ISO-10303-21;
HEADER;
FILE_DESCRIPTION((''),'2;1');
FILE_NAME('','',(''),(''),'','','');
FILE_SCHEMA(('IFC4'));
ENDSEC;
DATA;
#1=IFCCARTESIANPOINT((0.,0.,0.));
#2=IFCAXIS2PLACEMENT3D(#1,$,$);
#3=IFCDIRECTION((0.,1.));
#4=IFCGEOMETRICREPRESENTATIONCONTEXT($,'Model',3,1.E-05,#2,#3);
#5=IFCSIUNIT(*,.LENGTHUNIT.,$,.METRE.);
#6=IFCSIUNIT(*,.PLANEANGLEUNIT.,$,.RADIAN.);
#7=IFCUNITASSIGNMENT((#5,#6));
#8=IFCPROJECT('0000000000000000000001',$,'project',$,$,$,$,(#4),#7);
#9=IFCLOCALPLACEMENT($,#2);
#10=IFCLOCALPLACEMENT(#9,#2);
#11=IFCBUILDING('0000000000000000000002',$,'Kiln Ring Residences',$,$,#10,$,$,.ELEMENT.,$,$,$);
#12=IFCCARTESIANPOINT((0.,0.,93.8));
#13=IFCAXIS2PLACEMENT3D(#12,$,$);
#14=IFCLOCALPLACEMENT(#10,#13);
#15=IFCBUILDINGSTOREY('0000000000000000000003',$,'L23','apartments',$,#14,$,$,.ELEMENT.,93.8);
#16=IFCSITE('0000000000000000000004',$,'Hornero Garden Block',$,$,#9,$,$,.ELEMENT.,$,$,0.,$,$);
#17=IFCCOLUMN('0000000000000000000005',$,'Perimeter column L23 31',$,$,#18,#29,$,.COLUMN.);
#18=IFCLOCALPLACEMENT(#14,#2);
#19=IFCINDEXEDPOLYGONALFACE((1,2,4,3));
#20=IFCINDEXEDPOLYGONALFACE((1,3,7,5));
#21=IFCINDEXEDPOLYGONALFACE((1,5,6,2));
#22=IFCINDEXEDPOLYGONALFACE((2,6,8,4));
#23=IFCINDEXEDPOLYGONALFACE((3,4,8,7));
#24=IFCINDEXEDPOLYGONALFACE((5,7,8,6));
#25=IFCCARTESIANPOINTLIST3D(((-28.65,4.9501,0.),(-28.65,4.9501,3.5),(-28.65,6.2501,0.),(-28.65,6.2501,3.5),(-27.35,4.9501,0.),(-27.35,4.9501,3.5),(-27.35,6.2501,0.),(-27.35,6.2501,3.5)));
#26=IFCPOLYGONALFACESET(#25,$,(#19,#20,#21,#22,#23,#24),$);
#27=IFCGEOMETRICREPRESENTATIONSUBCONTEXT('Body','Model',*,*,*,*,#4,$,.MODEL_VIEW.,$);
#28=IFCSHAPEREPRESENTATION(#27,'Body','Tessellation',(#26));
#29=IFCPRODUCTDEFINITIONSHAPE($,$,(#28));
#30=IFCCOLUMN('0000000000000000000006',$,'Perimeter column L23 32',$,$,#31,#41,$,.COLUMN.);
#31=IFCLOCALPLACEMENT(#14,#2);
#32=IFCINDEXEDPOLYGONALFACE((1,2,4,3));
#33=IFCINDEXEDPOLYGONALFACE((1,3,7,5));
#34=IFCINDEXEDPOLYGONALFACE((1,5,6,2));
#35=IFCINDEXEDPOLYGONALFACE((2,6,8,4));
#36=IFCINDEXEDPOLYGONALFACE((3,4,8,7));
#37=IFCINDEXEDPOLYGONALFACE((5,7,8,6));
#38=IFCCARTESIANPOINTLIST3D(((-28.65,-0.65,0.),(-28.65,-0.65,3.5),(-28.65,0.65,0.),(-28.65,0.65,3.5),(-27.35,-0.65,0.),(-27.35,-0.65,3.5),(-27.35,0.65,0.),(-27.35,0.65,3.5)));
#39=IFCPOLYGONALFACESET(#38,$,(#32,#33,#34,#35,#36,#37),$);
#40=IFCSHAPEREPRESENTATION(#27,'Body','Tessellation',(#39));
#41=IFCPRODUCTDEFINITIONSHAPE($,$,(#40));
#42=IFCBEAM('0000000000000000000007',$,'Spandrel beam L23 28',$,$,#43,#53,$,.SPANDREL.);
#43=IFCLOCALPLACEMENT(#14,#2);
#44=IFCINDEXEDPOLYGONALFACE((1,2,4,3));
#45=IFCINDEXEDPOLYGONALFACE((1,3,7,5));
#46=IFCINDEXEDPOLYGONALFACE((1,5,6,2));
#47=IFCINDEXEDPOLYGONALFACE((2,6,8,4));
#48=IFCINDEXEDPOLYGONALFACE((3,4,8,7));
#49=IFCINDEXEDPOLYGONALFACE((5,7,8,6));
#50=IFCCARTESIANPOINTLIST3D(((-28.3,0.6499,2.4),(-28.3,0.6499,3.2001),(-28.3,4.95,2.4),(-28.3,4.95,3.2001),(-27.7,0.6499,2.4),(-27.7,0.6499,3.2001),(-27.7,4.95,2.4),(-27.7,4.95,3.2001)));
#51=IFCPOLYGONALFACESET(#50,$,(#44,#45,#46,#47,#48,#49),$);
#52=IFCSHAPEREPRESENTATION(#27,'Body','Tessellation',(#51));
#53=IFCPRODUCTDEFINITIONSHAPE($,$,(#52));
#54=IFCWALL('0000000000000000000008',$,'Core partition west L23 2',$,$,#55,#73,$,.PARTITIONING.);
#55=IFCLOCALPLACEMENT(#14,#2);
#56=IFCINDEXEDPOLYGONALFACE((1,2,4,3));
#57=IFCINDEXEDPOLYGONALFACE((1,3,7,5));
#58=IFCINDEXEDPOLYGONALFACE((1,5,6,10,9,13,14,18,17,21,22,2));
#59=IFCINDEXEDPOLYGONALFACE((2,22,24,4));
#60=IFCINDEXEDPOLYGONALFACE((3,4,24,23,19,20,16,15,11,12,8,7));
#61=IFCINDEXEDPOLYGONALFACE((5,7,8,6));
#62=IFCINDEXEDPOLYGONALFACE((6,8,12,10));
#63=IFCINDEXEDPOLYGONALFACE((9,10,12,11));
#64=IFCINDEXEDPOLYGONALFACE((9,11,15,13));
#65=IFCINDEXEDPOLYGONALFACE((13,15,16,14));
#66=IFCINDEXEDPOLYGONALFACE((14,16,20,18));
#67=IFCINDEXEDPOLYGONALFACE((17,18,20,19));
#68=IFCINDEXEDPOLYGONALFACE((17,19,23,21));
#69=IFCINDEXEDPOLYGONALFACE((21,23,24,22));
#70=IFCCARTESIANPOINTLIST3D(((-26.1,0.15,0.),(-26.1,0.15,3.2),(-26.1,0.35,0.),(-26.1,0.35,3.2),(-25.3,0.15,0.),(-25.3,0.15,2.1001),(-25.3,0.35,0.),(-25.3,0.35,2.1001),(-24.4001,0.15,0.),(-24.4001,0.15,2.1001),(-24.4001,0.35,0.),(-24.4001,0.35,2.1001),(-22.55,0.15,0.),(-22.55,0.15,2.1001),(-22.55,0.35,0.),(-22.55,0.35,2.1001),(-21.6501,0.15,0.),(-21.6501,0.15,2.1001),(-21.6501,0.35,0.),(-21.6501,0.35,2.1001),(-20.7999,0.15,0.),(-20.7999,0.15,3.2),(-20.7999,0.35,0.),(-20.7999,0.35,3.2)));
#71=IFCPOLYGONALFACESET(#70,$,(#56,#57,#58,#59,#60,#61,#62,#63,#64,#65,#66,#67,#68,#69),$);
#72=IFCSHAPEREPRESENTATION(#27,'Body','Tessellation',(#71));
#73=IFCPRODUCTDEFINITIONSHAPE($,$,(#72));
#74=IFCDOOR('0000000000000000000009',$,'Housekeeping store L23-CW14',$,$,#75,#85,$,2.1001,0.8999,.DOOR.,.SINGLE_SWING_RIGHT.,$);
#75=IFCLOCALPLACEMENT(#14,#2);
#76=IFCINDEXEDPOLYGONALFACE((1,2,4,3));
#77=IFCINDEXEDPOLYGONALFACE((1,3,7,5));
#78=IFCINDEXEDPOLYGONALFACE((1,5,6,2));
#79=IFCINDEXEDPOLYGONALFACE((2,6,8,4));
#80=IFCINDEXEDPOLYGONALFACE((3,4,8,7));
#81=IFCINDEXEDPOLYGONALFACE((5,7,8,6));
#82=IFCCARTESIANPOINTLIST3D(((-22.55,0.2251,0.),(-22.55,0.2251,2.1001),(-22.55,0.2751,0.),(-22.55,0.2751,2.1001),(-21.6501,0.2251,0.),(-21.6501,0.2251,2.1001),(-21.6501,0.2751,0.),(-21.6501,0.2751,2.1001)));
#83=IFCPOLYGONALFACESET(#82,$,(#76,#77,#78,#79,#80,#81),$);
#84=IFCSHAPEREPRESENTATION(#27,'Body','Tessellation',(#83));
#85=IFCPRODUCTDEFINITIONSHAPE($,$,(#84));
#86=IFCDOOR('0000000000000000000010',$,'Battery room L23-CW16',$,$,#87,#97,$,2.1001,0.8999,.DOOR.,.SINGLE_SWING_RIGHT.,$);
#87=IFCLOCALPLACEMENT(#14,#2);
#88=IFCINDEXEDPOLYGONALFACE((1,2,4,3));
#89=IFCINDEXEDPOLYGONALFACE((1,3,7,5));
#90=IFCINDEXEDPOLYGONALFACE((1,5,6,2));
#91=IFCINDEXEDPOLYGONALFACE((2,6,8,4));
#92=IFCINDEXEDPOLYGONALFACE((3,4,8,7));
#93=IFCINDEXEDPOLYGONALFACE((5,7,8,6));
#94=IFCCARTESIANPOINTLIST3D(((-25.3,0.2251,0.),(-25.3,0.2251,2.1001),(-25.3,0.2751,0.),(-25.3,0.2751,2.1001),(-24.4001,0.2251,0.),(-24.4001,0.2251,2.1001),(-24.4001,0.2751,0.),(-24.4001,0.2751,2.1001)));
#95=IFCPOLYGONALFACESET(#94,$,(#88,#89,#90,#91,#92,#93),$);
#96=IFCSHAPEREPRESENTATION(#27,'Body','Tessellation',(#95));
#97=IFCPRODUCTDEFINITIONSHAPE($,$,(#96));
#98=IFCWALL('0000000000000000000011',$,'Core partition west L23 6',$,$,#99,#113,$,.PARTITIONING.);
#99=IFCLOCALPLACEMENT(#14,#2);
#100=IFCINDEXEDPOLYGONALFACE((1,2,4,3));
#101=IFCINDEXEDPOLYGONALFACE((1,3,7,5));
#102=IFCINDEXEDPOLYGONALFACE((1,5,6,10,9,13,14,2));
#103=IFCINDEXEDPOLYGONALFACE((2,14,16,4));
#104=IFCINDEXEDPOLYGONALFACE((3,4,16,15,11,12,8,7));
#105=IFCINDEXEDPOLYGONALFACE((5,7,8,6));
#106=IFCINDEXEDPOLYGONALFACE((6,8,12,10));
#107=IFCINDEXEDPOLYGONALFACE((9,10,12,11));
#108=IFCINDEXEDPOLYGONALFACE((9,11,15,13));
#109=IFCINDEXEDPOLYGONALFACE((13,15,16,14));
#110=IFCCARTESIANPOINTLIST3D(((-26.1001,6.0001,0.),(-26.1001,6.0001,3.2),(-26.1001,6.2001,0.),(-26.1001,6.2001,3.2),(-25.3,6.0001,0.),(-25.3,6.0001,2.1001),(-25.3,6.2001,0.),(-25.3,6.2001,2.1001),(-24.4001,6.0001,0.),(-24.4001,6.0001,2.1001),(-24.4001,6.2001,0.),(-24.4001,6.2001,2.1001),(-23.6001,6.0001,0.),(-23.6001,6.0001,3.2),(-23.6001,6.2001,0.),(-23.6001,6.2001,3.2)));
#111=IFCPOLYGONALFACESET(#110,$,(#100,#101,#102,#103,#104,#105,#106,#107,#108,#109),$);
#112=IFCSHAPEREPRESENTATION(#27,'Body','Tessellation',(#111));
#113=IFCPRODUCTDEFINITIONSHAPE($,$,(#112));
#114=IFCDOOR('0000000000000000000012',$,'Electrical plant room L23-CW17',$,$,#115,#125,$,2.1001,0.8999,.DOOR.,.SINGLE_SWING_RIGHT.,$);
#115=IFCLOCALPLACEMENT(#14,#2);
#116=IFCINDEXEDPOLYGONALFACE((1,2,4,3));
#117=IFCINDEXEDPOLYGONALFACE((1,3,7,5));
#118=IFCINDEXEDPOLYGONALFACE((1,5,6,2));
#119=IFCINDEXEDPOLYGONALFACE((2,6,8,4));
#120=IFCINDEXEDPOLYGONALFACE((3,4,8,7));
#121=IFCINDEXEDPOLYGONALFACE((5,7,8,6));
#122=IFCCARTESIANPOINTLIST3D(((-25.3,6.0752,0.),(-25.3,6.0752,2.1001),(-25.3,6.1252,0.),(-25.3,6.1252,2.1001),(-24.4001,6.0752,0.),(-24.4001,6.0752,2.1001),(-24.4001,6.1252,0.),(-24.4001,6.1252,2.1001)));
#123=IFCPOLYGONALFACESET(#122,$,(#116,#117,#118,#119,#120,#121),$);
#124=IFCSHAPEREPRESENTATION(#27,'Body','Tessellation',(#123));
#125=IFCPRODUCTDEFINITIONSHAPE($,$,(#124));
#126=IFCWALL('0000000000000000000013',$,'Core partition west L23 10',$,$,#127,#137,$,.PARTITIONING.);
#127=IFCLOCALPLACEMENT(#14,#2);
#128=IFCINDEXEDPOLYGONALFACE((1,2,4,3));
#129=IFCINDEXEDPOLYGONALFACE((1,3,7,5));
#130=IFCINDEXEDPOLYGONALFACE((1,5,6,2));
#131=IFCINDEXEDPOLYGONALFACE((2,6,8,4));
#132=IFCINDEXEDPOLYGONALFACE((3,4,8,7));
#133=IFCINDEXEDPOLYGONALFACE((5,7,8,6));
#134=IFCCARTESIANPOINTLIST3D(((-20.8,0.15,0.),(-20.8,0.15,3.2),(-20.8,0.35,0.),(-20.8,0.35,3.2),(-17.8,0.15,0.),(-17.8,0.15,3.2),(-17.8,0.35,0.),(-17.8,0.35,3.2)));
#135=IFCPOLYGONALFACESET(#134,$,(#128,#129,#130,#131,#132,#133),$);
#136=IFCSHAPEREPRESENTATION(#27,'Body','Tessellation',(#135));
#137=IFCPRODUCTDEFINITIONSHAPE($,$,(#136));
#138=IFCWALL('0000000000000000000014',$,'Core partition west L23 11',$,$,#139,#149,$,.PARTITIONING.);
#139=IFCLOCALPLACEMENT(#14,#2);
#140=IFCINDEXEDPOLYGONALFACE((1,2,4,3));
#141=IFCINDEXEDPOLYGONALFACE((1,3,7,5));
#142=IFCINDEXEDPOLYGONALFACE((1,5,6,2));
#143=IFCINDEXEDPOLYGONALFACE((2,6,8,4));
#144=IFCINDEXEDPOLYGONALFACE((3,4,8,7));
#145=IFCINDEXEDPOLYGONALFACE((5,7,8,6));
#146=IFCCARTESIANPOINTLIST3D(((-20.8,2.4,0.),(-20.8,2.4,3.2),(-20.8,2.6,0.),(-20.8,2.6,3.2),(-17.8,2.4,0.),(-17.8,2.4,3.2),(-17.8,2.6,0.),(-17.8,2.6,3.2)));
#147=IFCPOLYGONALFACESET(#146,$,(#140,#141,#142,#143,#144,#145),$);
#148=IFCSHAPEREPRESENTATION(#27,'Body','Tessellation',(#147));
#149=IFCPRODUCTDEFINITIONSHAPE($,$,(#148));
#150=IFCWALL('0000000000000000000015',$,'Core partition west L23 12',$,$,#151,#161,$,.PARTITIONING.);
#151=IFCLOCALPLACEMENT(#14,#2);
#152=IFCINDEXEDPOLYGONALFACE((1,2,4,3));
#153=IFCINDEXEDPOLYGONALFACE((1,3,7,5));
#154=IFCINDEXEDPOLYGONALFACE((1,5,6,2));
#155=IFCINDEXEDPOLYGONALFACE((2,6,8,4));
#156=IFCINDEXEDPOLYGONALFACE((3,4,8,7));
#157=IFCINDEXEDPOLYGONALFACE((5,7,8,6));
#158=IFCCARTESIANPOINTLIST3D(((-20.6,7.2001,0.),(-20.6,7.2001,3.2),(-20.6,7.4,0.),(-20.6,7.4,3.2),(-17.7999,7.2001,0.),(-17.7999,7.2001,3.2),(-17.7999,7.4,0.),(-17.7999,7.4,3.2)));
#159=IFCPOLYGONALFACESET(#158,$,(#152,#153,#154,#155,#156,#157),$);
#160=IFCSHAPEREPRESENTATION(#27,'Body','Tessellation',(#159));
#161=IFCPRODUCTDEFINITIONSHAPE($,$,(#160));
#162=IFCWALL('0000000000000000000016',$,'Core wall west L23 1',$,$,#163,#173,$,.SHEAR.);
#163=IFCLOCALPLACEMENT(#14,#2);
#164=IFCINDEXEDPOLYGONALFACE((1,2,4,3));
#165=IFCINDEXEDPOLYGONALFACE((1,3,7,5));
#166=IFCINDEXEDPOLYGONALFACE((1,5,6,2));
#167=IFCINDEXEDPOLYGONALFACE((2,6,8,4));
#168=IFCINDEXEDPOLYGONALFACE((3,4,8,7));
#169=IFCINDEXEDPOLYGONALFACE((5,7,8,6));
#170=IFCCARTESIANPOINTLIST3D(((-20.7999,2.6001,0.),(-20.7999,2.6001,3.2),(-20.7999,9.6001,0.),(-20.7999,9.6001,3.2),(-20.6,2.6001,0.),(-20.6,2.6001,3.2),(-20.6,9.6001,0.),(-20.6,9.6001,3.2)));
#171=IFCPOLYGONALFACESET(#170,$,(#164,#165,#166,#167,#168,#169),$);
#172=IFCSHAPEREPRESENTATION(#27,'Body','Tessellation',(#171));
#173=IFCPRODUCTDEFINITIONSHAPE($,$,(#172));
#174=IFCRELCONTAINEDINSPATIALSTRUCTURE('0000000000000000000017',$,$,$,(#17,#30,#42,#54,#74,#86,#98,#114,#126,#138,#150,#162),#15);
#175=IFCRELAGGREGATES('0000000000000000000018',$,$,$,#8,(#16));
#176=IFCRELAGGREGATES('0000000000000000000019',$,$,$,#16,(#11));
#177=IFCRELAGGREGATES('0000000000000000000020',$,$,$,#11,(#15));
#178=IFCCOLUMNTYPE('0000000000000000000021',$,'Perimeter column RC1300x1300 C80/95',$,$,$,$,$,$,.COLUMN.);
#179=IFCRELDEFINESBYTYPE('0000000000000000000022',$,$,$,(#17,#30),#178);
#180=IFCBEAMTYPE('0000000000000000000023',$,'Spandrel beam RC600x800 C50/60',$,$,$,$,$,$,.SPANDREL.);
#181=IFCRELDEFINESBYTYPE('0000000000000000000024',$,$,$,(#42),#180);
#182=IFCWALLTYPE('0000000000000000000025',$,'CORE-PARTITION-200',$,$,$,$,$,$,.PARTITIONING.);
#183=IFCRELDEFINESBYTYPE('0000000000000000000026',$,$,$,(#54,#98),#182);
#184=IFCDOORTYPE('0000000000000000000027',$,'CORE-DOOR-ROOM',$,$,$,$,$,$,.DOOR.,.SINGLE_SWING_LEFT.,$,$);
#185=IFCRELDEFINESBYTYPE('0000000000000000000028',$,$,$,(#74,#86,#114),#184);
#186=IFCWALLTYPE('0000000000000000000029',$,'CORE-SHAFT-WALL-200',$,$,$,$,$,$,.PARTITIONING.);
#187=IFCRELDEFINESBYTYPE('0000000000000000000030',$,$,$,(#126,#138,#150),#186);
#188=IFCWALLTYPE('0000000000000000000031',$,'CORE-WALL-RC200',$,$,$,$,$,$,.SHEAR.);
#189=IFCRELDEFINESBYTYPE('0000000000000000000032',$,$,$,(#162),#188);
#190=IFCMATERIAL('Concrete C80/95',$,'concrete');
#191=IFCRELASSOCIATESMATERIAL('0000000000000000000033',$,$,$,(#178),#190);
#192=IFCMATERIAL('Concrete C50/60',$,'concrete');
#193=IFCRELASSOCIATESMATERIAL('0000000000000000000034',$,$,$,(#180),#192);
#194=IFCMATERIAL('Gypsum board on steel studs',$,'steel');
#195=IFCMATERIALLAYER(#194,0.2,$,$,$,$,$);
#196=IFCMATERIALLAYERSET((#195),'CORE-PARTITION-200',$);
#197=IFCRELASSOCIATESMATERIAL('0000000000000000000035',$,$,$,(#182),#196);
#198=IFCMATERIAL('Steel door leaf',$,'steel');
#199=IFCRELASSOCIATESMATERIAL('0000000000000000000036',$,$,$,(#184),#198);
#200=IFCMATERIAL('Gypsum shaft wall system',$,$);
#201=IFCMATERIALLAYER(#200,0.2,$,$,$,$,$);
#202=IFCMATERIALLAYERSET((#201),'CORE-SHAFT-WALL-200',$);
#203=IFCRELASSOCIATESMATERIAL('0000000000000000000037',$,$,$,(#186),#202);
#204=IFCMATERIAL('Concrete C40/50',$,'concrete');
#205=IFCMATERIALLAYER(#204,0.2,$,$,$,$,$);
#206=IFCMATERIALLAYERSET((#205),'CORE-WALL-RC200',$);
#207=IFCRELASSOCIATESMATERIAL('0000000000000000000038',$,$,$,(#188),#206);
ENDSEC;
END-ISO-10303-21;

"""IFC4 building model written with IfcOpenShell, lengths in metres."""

from ifc_helpers import new_model, si_unit, direction, frame, frame_2d, origin, origin_2d, place, context, subcontext, project, spatial, rectangle, extrude, material, layer, layer_set, material_profile, profile_set, type_object, element, fill, save


model = new_model("IFC4")

# Units and contexts
model_context = context("Model", 3, precision=1e-05, world=origin(), true_north=direction((0.0, 1.0)))
body_context = subcontext(model_context, "Body", "Model", "MODEL_VIEW")
ifc_project = project(units=[si_unit("LENGTHUNIT", "METRE"), si_unit("PLANEANGLEUNIT", "RADIAN")], contexts=[model_context])

# Site, building, storey
site_placement = place(None, origin())
site = spatial("IfcSite", under=ifc_project, at=site_placement, Name="Hornero Garden Block", CompositionType="ELEMENT", RefElevation=0.0)
building_placement = place(site_placement, origin())
building = spatial("IfcBuilding", under=site, at=building_placement, Name="Kiln Ring Residences", CompositionType="ELEMENT")
storey_placement = place(building_placement, frame((0.0, 0.0, 93.8)))
storey = spatial("IfcBuildingStorey", under=building, at=storey_placement, Name="L23", Description="apartments", CompositionType="ELEMENT", Elevation=93.8)

# Columns
ifc_material_1 = material(Name="Concrete C80/95", Category="concrete")
ifc_material_profile_1 = material_profile(ifc_material_1, rectangle(XDim=1.3, YDim=1.3, at=origin_2d()), Name="RC1300x1300")
ifc_profile_set_1 = profile_set([ifc_material_profile_1], Name="Concrete C80/95")
column_type = type_object("IfcColumnType", Name="Perimeter column RC1300x1300 C80/95", PredefinedType="COLUMN", material=ifc_profile_set_1)
for number, where, z_axis, x_axis, name in (
    (1, (-28.0, 5.6001, 0.0), (0.0, 0.0, 1.0), (1.0, 0.0, 0.0), "Perimeter column L23 31"),
    (2, (-28.0, 0.0, 0.0), (0.0, 0.0, 1.0), (1.0, 0.0, 0.0), "Perimeter column L23 32"),
):
    element("IfcColumn", number, at=place(storey_placement, frame(where, z_axis=z_axis, x_axis=x_axis)), inside=storey, type_object=column_type, Name=name, PredefinedType="COLUMN", context=body_context, shape_type="SweptSolid", body=[
        extrude(rectangle(XDim=1.3, YDim=1.3, at=origin_2d()), origin(), (0.0, 0.0, 1.0), 3.5),
    ])

# Beam
ifc_material_2 = material(Name="Concrete C50/60", Category="concrete")
ifc_material_profile_2 = material_profile(ifc_material_2, rectangle(XDim=0.6001, YDim=0.8, at=origin_2d()), Name="RC600x800")
ifc_profile_set_2 = profile_set([ifc_material_profile_2], Name="Concrete C50/60")
beam_type = type_object("IfcBeamType", Name="Spandrel beam RC600x800 C50/60", PredefinedType="SPANDREL", material=ifc_profile_set_2)
beam_placement = place(storey_placement, frame((-28.0, 4.95, 2.8), z_axis=(0.0, -1.0, 0.0), x_axis=(1.0, 0.0, 0.0)))
element("IfcBeam", 3, at=beam_placement, inside=storey, type_object=beam_type, Name="Spandrel beam L23 28", PredefinedType="SPANDREL", context=body_context, shape_type="SweptSolid", body=[
    extrude(rectangle(XDim=0.6001, YDim=0.8, at=origin_2d()), origin(), (0.0, 0.0, 1.0), 4.3),
])

# Wall, openings, doors
ifc_material_3 = material(Name="Gypsum board on steel studs", Category="steel")
ifc_layer_1 = layer(ifc_material_3, 0.2)
ifc_layer_set_1 = layer_set([ifc_layer_1], Name="CORE-PARTITION-200")
wall_type_1 = type_object("IfcWallType", Name="CORE-PARTITION-200", PredefinedType="PARTITIONING", material=ifc_layer_set_1)
wall_1_placement = place(storey_placement, frame((-20.8, 0.25, 0.0), z_axis=(0.0, 0.0, 1.0), x_axis=(-1.0, 0.0, 0.0)))
wall_1 = element("IfcWall", 4, at=wall_1_placement, inside=storey, type_object=wall_type_1, Name="Core partition west L23 2", PredefinedType="PARTITIONING", context=body_context, shape_type="SweptSolid", body=[
    extrude(rectangle(XDim=5.3, YDim=0.2, at=frame_2d((2.6499, 0.0))), origin(), (0.0, 0.0, 1.0), 3.2),
])
opening_1_placement = place(wall_1_placement, frame((0.8501, 0.0, 0.0)))
opening_1 = element("IfcOpeningElement", 5, at=opening_1_placement, cuts=wall_1, PredefinedType="OPENING", context=body_context, shape_type="SweptSolid", body=[
    extrude(rectangle(XDim=0.8999, YDim=2.1001, at=frame_2d((0.45, 1.05))), frame((0.0, 0.1099, 0.0), z_axis=(0.0, -1.0, 0.0), x_axis=(1.0, 0.0, 0.0)), (0.0, 0.0, 1.0), 0.22),
])
opening_2_placement = place(wall_1_placement, frame((3.6001, 0.0, 0.0)))
opening_2 = element("IfcOpeningElement", 6, at=opening_2_placement, cuts=wall_1, PredefinedType="OPENING", context=body_context, shape_type="SweptSolid", body=[
    extrude(rectangle(XDim=0.8999, YDim=2.1001, at=frame_2d((0.45, 1.05))), frame((0.0, 0.1099, 0.0), z_axis=(0.0, -1.0, 0.0), x_axis=(1.0, 0.0, 0.0)), (0.0, 0.0, 1.0), 0.22),
])
ifc_material_4 = material(Name="Steel door leaf", Category="steel")
door_type_1 = type_object("IfcDoorType", Name="CORE-DOOR-ROOM", OperationType="SINGLE_SWING_LEFT", PredefinedType="DOOR", material=ifc_material_4)
door_1_placement = place(opening_1_placement, origin())
door_1 = element("IfcDoor", 7, at=door_1_placement, inside=storey, type_object=door_type_1, Name="Housekeeping store L23-CW14", OperationType="SINGLE_SWING_RIGHT", OverallHeight=2.1001, OverallWidth=0.8999, PredefinedType="DOOR", context=body_context, shape_type="SweptSolid", body=[
    extrude(rectangle(XDim=0.8999, YDim=2.1001, at=frame_2d((0.45, 1.05))), frame((0.0, 0.0249, 0.0), z_axis=(0.0, -1.0, 0.0), x_axis=(1.0, 0.0, 0.0)), (0.0, 0.0, 1.0), 0.05),
])
fill(opening_1, door_1)
door_2_placement = place(opening_2_placement, origin())
door_2 = element("IfcDoor", 8, at=door_2_placement, inside=storey, type_object=door_type_1, Name="Battery room L23-CW16", OperationType="SINGLE_SWING_RIGHT", OverallHeight=2.1001, OverallWidth=0.8999, PredefinedType="DOOR", context=body_context, shape_type="SweptSolid", body=[
    extrude(rectangle(XDim=0.8999, YDim=2.1001, at=frame_2d((0.45, 1.05))), frame((0.0, 0.0249, 0.0), z_axis=(0.0, -1.0, 0.0), x_axis=(1.0, 0.0, 0.0)), (0.0, 0.0, 1.0), 0.05),
])
fill(opening_2, door_2)

# Wall, opening, door
wall_2_placement = place(storey_placement, frame((-23.6001, 6.1001, 0.0), z_axis=(0.0, 0.0, 1.0), x_axis=(-1.0, 0.0, 0.0)))
wall_2 = element("IfcWall", 9, at=wall_2_placement, inside=storey, type_object=wall_type_1, Name="Core partition west L23 6", PredefinedType="PARTITIONING", context=body_context, shape_type="SweptSolid", body=[
    extrude(rectangle(XDim=2.5, YDim=0.2, at=frame_2d((1.25, 0.0))), origin(), (0.0, 0.0, 1.0), 3.2),
])
opening_3_placement = place(wall_2_placement, frame((0.8, 0.0, 0.0)))
opening_3 = element("IfcOpeningElement", 10, at=opening_3_placement, cuts=wall_2, PredefinedType="OPENING", context=body_context, shape_type="SweptSolid", body=[
    extrude(rectangle(XDim=0.8999, YDim=2.1001, at=frame_2d((0.45, 1.05))), frame((0.0, 0.1099, 0.0), z_axis=(0.0, -1.0, 0.0), x_axis=(1.0, 0.0, 0.0)), (0.0, 0.0, 1.0), 0.22),
])
door_3_placement = place(opening_3_placement, origin())
door_3 = element("IfcDoor", 11, at=door_3_placement, inside=storey, type_object=door_type_1, Name="Electrical plant room L23-CW17", OperationType="SINGLE_SWING_RIGHT", OverallHeight=2.1001, OverallWidth=0.8999, PredefinedType="DOOR", context=body_context, shape_type="SweptSolid", body=[
    extrude(rectangle(XDim=0.8999, YDim=2.1001, at=frame_2d((0.45, 1.05))), frame((0.0, 0.0249, 0.0), z_axis=(0.0, -1.0, 0.0), x_axis=(1.0, 0.0, 0.0)), (0.0, 0.0, 1.0), 0.05),
])
fill(opening_3, door_3)

# Walls
ifc_material_5 = material(Name="Gypsum shaft wall system")
ifc_layer_2 = layer(ifc_material_5, 0.2)
ifc_layer_set_2 = layer_set([ifc_layer_2], Name="CORE-SHAFT-WALL-200")
wall_type_2 = type_object("IfcWallType", Name="CORE-SHAFT-WALL-200", PredefinedType="PARTITIONING", material=ifc_layer_set_2)
for number, where, z_axis, x_axis, name in (
    (12, (-17.8, 0.25, 0.0), (0.0, 0.0, 1.0), (-1.0, 0.0, 0.0), "Core partition west L23 10"),
    (13, (-17.8, 2.5, 0.0), (0.0, 0.0, 1.0), (-1.0, 0.0, 0.0), "Core partition west L23 11"),
):
    element("IfcWall", number, at=place(storey_placement, frame(where, z_axis=z_axis, x_axis=x_axis)), inside=storey, type_object=wall_type_2, Name=name, PredefinedType="PARTITIONING", context=body_context, shape_type="SweptSolid", body=[
        extrude(rectangle(XDim=3.0, YDim=0.2, at=frame_2d((1.5, 0.0))), origin(), (0.0, 0.0, 1.0), 3.2),
    ])
wall_3_placement = place(storey_placement, frame((-17.8, 7.3, 0.0), z_axis=(0.0, 0.0, 1.0), x_axis=(-1.0, 0.0, 0.0)))
element("IfcWall", 14, at=wall_3_placement, inside=storey, type_object=wall_type_2, Name="Core partition west L23 12", PredefinedType="PARTITIONING", context=body_context, shape_type="SweptSolid", body=[
    extrude(rectangle(XDim=2.8, YDim=0.2, at=frame_2d((1.3999, 0.0))), origin(), (0.0, 0.0, 1.0), 3.2),
])
ifc_material_6 = material(Name="Concrete C40/50", Category="concrete")
ifc_layer_3 = layer(ifc_material_6, 0.2)
ifc_layer_set_3 = layer_set([ifc_layer_3], Name="CORE-WALL-RC200")
wall_type_3 = type_object("IfcWallType", Name="CORE-WALL-RC200", PredefinedType="SHEAR", material=ifc_layer_set_3)
wall_4_placement = place(storey_placement, frame((-20.7, 2.6001, 0.0), z_axis=(0.0, 0.0, 1.0), x_axis=(0.0, 1.0, 0.0)))
element("IfcWall", 15, at=wall_4_placement, inside=storey, type_object=wall_type_3, Name="Core wall west L23 1", PredefinedType="SHEAR", context=body_context, shape_type="SweptSolid", body=[
    extrude(rectangle(XDim=7.0, YDim=0.2, at=frame_2d((3.5, 0.0))), origin(), (0.0, 0.0, 1.0), 3.2),
])

save(model, "model.ifc")
